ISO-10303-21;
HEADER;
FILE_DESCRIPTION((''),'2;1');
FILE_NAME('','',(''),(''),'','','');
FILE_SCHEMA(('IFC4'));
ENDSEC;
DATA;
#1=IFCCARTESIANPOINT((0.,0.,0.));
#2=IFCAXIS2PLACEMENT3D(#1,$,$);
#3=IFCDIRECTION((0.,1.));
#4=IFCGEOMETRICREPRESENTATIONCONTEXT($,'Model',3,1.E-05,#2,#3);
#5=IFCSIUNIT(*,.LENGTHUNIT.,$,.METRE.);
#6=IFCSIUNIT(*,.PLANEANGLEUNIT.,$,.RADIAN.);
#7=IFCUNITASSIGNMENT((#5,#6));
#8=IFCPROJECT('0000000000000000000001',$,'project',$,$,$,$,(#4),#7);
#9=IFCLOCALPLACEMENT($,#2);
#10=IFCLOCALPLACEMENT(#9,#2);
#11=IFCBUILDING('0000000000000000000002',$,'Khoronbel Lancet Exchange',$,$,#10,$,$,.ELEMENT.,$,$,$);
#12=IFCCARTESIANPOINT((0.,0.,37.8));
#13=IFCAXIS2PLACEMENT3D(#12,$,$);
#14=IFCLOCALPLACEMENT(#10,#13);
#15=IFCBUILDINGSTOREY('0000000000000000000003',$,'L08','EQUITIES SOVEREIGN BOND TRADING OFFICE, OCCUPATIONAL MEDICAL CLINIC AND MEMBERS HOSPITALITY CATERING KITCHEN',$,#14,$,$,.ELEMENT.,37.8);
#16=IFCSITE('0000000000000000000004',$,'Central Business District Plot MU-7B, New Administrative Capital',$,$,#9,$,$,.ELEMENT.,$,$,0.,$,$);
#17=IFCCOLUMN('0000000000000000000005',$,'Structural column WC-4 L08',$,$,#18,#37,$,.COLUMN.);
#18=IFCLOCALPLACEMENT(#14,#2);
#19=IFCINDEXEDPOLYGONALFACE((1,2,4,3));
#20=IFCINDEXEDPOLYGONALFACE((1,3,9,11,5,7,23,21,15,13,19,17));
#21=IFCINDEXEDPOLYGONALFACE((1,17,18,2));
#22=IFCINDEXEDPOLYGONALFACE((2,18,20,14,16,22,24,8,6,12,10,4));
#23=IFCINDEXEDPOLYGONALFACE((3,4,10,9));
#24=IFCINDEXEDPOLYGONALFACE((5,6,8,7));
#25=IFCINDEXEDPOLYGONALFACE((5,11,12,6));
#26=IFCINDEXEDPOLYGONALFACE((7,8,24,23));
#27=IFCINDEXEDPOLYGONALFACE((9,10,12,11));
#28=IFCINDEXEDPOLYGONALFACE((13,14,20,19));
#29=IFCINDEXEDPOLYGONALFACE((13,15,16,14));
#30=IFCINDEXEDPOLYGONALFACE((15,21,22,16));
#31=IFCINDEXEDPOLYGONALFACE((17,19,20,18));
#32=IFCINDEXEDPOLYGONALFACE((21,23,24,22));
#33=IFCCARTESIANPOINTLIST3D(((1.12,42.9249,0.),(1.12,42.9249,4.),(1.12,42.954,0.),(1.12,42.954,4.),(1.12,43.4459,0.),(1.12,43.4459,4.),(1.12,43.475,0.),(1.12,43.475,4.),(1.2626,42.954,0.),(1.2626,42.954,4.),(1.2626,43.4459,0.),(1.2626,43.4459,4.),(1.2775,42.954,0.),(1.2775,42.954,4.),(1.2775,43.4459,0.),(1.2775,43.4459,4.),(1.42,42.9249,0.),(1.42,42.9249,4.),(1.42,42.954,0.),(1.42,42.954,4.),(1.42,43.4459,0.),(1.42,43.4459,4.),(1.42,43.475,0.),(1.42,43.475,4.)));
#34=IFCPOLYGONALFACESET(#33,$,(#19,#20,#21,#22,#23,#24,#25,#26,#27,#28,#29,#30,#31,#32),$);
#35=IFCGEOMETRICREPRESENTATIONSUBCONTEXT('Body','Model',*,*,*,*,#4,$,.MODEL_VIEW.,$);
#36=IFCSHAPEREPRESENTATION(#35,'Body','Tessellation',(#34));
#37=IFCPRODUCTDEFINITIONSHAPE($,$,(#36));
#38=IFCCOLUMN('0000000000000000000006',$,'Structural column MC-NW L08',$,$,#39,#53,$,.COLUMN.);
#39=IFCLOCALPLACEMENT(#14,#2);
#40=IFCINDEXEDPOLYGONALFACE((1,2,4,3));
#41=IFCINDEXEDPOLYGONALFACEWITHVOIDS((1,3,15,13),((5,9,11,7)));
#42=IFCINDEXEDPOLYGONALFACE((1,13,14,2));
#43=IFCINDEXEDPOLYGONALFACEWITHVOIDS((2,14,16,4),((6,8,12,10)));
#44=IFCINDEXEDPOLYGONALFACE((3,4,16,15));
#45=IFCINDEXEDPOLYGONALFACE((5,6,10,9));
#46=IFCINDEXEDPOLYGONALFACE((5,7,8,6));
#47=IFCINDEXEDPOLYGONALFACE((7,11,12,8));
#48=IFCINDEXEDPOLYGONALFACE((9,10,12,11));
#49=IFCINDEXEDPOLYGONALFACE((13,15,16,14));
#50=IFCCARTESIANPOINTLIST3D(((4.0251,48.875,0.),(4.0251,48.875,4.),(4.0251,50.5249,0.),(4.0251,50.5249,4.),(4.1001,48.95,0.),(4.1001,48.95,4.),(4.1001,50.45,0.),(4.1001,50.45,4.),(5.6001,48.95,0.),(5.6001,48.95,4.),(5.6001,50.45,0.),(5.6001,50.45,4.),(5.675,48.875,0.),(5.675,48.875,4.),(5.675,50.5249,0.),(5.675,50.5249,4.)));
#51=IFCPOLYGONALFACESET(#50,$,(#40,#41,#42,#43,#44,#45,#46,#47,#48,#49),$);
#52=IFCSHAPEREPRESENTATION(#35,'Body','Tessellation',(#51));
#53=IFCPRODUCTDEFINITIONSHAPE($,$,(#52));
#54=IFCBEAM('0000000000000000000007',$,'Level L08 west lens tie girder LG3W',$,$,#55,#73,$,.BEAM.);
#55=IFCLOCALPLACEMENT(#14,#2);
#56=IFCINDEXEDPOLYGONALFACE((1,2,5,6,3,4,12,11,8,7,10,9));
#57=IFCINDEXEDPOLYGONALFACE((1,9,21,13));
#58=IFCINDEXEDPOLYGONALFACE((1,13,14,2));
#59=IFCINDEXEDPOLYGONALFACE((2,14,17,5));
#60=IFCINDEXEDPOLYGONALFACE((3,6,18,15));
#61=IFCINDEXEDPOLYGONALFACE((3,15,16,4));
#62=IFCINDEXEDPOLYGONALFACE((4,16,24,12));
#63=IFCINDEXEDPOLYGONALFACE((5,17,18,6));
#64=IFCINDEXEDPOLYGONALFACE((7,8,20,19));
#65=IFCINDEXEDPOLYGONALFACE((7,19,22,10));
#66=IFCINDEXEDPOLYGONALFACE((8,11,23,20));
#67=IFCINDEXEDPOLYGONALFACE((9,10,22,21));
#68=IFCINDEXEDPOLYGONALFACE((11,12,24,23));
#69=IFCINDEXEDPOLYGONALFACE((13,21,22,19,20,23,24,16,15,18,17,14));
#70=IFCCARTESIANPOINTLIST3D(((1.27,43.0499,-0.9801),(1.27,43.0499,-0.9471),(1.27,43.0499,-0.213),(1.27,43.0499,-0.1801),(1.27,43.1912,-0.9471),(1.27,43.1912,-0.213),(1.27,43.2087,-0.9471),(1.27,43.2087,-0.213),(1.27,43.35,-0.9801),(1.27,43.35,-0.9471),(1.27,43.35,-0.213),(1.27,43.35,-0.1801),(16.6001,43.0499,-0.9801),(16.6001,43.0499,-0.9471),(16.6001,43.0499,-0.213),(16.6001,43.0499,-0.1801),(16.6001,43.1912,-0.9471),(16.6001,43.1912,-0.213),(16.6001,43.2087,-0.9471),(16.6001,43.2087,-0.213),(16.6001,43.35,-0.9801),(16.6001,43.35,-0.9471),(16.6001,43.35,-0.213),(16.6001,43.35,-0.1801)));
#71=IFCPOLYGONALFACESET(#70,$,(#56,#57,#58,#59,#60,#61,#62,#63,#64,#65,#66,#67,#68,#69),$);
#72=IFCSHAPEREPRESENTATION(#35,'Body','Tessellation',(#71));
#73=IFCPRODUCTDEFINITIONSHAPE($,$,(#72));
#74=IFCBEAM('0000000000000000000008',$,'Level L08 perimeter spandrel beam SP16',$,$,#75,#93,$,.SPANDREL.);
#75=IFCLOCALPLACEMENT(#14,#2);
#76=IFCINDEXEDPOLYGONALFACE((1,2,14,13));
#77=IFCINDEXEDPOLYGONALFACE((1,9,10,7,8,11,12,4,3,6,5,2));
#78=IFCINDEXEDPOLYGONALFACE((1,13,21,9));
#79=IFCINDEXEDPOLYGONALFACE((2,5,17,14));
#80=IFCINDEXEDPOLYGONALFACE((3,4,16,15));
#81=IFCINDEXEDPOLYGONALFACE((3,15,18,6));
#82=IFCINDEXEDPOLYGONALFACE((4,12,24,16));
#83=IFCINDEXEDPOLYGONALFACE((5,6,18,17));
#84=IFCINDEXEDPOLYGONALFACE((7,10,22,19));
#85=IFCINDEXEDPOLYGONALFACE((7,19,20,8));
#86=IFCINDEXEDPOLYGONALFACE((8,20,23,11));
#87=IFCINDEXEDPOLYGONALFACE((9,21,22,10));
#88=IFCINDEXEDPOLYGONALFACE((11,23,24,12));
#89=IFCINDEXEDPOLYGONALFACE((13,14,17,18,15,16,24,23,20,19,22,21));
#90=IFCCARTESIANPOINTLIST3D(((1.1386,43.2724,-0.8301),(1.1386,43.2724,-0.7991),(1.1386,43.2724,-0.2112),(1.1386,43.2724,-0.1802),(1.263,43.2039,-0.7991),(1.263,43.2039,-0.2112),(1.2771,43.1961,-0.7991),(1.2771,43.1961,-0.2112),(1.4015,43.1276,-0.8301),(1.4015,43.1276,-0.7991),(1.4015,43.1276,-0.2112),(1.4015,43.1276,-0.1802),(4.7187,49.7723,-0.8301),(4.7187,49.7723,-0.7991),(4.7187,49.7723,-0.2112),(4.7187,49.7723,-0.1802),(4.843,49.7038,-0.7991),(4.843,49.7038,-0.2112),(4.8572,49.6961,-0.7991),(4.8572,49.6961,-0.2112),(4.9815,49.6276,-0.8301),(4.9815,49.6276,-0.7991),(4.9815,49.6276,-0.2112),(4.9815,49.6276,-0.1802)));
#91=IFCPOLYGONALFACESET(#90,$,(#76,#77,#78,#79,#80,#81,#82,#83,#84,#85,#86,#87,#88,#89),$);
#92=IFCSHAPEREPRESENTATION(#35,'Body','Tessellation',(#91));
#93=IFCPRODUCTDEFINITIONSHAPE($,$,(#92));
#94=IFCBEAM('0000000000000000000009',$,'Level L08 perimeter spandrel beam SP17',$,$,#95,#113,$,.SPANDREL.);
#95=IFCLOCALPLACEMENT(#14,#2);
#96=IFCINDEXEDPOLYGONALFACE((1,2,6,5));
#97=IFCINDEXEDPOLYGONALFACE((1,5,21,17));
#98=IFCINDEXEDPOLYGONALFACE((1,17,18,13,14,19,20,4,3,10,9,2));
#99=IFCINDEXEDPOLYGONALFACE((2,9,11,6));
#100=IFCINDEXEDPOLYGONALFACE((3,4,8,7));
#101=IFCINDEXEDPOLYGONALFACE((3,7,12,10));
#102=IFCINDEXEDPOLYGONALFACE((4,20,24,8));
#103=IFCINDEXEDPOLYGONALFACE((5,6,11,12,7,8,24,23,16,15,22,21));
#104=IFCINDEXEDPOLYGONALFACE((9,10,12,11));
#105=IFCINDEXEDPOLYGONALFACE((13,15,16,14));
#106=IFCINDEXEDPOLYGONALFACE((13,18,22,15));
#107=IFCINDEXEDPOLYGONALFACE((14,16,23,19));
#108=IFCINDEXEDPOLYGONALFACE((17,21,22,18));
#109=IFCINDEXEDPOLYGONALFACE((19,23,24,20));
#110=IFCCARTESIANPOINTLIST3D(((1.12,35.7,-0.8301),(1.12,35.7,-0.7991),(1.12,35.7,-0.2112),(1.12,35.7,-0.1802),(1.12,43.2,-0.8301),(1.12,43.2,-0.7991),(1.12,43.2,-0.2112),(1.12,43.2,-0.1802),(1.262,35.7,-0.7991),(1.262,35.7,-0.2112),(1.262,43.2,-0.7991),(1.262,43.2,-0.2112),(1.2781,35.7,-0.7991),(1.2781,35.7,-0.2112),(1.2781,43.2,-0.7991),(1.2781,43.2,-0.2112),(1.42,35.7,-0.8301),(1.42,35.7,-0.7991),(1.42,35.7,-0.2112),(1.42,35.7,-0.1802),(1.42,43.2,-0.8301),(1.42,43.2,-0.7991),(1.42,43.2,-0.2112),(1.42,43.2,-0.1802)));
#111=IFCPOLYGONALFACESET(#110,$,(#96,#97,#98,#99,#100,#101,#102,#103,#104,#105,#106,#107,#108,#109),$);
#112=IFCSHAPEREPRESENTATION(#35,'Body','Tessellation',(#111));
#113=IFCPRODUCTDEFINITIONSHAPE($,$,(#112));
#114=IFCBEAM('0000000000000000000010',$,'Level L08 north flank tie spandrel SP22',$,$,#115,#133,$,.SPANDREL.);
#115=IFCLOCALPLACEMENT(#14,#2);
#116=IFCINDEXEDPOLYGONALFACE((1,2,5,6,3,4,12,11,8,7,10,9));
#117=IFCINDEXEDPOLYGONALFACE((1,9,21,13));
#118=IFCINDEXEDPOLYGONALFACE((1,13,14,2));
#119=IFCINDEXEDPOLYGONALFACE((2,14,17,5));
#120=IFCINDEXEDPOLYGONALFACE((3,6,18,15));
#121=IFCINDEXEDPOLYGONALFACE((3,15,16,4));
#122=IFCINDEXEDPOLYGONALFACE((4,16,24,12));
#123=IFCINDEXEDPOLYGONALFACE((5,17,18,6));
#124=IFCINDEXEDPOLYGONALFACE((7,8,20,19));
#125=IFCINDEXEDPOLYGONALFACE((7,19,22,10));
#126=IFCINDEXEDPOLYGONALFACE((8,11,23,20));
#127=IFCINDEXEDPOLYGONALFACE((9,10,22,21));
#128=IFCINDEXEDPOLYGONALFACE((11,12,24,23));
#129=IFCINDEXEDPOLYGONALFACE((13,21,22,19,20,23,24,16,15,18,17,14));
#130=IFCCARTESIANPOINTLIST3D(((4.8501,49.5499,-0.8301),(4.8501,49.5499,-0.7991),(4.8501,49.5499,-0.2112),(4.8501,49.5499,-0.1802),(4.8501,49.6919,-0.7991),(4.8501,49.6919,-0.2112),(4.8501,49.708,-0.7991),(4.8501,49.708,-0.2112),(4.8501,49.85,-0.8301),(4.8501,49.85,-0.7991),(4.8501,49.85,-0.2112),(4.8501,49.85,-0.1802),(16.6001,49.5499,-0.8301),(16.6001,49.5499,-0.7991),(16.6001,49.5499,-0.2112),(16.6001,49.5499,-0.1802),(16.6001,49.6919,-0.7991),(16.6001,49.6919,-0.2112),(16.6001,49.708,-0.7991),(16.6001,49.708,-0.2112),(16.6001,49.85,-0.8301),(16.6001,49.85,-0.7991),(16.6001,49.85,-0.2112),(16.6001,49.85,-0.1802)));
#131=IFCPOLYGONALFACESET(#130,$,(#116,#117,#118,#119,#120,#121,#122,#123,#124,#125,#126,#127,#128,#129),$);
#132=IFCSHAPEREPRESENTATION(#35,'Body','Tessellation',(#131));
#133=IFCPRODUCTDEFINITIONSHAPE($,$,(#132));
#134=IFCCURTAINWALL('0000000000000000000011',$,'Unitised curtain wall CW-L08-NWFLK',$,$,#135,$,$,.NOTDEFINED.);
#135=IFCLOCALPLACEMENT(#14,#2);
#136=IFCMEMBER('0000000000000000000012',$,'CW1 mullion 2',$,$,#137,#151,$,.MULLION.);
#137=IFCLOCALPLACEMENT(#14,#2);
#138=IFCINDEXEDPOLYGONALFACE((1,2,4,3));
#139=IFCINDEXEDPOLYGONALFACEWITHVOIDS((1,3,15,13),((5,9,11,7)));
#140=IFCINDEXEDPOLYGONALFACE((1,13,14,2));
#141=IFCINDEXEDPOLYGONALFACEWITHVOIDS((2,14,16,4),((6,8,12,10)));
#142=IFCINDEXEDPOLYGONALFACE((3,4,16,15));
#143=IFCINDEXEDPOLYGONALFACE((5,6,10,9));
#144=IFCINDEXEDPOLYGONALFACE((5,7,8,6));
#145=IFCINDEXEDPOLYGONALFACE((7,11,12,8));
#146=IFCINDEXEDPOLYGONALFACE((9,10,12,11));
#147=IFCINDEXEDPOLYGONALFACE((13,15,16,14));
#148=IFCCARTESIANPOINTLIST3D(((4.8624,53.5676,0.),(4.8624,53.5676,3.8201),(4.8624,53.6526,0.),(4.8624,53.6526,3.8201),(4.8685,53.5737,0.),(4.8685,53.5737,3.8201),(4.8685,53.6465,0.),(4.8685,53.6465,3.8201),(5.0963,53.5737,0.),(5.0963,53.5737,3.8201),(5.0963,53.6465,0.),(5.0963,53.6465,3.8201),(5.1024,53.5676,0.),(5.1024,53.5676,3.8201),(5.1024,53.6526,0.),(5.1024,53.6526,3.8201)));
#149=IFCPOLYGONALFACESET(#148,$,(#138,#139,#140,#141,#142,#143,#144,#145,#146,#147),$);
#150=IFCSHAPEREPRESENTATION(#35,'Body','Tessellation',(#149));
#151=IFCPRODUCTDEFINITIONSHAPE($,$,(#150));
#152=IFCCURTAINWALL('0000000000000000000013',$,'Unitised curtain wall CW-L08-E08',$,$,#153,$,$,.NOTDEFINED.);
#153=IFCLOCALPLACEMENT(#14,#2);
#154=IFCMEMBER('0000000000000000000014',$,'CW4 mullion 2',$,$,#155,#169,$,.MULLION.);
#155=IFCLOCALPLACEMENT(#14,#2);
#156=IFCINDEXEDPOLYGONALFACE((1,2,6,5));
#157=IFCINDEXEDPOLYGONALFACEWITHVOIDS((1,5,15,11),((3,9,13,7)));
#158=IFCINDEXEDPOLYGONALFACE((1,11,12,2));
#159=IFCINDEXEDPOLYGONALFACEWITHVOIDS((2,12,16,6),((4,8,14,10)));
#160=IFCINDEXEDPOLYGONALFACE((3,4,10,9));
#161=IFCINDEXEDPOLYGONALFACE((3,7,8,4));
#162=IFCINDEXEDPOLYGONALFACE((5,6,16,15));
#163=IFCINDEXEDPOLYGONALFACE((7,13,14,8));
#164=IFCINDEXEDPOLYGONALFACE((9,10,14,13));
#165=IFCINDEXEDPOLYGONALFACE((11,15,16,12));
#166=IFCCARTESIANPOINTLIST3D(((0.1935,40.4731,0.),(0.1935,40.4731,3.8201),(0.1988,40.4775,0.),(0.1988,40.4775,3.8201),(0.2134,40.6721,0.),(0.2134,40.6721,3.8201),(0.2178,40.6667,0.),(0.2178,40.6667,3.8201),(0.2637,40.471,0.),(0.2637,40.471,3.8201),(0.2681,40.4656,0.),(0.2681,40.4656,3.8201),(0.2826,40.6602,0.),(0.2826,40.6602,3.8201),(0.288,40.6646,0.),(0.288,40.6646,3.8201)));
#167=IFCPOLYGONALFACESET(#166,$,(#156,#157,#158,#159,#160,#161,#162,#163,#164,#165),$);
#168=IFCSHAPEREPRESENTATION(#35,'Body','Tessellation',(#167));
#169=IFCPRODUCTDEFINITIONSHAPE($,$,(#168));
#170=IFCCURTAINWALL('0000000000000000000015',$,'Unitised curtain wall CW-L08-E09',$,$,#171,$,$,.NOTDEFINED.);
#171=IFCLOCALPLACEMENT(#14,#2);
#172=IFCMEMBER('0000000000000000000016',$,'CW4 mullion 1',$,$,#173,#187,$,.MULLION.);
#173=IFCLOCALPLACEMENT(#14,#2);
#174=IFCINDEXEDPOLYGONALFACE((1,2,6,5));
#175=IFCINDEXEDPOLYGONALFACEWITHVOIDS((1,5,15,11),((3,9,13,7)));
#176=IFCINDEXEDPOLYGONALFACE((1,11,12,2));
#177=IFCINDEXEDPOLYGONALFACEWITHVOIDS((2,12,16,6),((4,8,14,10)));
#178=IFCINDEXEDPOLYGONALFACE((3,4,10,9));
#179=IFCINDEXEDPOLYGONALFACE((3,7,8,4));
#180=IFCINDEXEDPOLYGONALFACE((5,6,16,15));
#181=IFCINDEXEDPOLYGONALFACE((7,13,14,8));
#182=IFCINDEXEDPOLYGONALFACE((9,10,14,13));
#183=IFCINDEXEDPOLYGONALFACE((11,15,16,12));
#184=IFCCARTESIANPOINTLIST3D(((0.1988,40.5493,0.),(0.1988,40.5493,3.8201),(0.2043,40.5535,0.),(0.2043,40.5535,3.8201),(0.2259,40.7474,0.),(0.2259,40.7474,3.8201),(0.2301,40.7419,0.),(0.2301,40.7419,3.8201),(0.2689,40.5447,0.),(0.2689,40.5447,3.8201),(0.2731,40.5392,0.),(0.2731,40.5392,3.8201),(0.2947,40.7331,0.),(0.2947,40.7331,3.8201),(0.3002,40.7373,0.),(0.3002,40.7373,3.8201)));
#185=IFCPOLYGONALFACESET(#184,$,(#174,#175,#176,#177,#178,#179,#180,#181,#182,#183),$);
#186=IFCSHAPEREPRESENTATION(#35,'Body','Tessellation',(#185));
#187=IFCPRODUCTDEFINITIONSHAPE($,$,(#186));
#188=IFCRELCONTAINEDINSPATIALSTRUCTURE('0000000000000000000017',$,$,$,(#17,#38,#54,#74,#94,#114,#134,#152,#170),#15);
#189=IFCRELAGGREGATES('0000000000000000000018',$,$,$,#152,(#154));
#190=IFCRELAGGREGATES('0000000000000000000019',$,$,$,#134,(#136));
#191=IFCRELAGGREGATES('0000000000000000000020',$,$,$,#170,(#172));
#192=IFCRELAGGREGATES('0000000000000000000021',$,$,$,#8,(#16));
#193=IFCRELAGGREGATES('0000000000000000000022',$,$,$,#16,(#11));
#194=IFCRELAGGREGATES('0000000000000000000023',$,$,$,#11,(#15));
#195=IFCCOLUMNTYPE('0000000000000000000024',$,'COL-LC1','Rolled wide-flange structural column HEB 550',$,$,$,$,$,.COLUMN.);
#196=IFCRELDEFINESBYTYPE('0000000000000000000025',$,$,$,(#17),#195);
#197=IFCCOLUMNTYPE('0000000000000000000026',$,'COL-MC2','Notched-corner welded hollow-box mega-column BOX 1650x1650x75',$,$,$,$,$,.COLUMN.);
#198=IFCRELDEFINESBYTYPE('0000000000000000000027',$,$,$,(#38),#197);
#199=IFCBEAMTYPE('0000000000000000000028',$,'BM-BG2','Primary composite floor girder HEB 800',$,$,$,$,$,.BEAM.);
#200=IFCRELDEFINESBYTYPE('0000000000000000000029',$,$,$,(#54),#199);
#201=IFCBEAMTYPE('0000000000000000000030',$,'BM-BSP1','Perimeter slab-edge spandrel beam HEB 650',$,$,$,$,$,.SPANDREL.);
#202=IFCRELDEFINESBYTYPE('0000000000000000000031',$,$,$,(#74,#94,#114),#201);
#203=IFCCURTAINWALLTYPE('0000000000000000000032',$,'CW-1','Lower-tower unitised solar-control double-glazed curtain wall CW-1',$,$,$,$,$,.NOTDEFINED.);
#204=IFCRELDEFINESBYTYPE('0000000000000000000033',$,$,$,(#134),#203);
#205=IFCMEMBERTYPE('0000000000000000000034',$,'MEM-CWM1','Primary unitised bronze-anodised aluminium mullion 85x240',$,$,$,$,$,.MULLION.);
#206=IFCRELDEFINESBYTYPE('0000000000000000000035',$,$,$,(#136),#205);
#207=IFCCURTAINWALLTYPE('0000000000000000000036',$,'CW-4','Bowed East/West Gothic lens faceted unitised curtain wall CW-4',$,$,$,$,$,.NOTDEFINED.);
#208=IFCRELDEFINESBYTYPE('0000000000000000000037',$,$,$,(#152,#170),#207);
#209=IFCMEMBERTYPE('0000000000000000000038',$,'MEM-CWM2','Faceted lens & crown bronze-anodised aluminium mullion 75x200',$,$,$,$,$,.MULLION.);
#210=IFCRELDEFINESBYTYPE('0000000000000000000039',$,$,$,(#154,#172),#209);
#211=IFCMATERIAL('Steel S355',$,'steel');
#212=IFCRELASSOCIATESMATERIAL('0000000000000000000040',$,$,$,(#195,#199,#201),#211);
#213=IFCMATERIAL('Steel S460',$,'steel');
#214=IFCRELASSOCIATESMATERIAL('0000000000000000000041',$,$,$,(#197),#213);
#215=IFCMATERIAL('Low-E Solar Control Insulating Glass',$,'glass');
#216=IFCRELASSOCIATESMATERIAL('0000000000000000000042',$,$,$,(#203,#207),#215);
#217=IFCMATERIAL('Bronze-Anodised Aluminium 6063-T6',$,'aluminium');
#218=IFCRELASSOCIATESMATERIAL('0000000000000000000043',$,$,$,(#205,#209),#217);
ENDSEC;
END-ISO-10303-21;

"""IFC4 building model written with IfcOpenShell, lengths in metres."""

from ifc_helpers import new_model, si_unit, direction, frame, origin, origin_2d, place, context, subcontext, project, spatial, hollow_rectangle, i_section, extrude, material, material_profile, profile_set, type_object, element, aggregate, save


model = new_model("IFC4")

# Units and contexts
model_context = context("Model", 3, precision=1e-05, world=origin(), true_north=direction((0.0, 1.0)))
body_context = subcontext(model_context, "Body", "Model", "MODEL_VIEW")
ifc_project = project(units=[si_unit("LENGTHUNIT", "METRE"), si_unit("PLANEANGLEUNIT", "RADIAN")], contexts=[model_context])

# Site, building, storey
site_placement = place(None, origin())
site = spatial("IfcSite", under=ifc_project, at=site_placement, Name="Central Business District Plot MU-7B, New Administrative Capital", CompositionType="ELEMENT", RefElevation=0.0)
building_placement = place(site_placement, origin())
building = spatial("IfcBuilding", under=site, at=building_placement, Name="Khoronbel Lancet Exchange", CompositionType="ELEMENT")
storey_placement = place(building_placement, frame((0.0, 0.0, 37.8)))
storey = spatial("IfcBuildingStorey", under=building, at=storey_placement, Name="L08", Description="EQUITIES SOVEREIGN BOND TRADING OFFICE, OCCUPATIONAL MEDICAL CLINIC AND MEMBERS HOSPITALITY CATERING KITCHEN", CompositionType="ELEMENT", Elevation=37.8)

# Columns
ifc_material_1 = material(Name="Steel S355", Category="steel")
ifc_material_profile_1 = material_profile(ifc_material_1, i_section(OverallWidth=0.3, OverallDepth=0.55, WebThickness=0.0149, FlangeThickness=0.0291, at=origin_2d()), Name="HEB 550")
ifc_profile_set_1 = profile_set([ifc_material_profile_1], Name="Steel S355")
column_type_1 = type_object("IfcColumnType", Name="COL-LC1", Description="Rolled wide-flange structural column HEB 550", PredefinedType="COLUMN", material=ifc_profile_set_1)
column_1_placement = place(storey_placement, frame((1.27, 43.2, 0.0), z_axis=(0.0, 0.0, 1.0), x_axis=(1.0, 0.0, 0.0)))
element("IfcColumn", 1, at=column_1_placement, inside=storey, type_object=column_type_1, Name="Structural column WC-4 L08", PredefinedType="COLUMN", context=body_context, shape_type="SweptSolid", body=[
    extrude(i_section(OverallWidth=0.3, OverallDepth=0.55, WebThickness=0.0149, FlangeThickness=0.0291, at=origin_2d()), origin(), (0.0, 0.0, 1.0), 4.0),
])
ifc_material_2 = material(Name="Steel S460", Category="steel")
ifc_material_profile_2 = material_profile(ifc_material_2, hollow_rectangle(XDim=1.6499, YDim=1.6499, WallThickness=0.075, at=origin_2d()), Name="BOX 1650x1650x75")
ifc_profile_set_2 = profile_set([ifc_material_profile_2], Name="Steel S460")
column_type_2 = type_object("IfcColumnType", Name="COL-MC2", Description="Notched-corner welded hollow-box mega-column BOX 1650x1650x75", PredefinedType="COLUMN", material=ifc_profile_set_2)
column_2_placement = place(storey_placement, frame((4.8501, 49.7, 0.0), z_axis=(0.0, 0.0, 1.0), x_axis=(1.0, 0.0, 0.0)))
element("IfcColumn", 2, at=column_2_placement, inside=storey, type_object=column_type_2, Name="Structural column MC-NW L08", PredefinedType="COLUMN", context=body_context, shape_type="SweptSolid", body=[
    extrude(hollow_rectangle(XDim=1.6499, YDim=1.6499, WallThickness=0.075, at=origin_2d()), origin(), (0.0, 0.0, 1.0), 4.0),
])

# Beams
ifc_material_profile_3 = material_profile(ifc_material_1, i_section(OverallWidth=0.3, OverallDepth=0.8, WebThickness=0.0176, FlangeThickness=0.033, at=origin_2d()), Name="HEB 800")
ifc_profile_set_3 = profile_set([ifc_material_profile_3], Name="Steel S355")
beam_type_1 = type_object("IfcBeamType", Name="BM-BG2", Description="Primary composite floor girder HEB 800", PredefinedType="BEAM", material=ifc_profile_set_3)
beam_1_placement = place(storey_placement, frame((1.27, 43.2, -0.5801), z_axis=(1.0, 0.0, 0.0), x_axis=(0.0, 1.0, 0.0)))
element("IfcBeam", 3, at=beam_1_placement, inside=storey, type_object=beam_type_1, Name="Level L08 west lens tie girder LG3W", PredefinedType="BEAM", context=body_context, shape_type="SweptSolid", body=[
    extrude(i_section(OverallWidth=0.3, OverallDepth=0.8, WebThickness=0.0176, FlangeThickness=0.033, at=origin_2d()), origin(), (0.0, 0.0, 1.0), 15.3301),
])
ifc_material_profile_4 = material_profile(ifc_material_1, i_section(OverallWidth=0.3, OverallDepth=0.6499, WebThickness=0.0161, FlangeThickness=0.031, at=origin_2d()), Name="HEB 650")
ifc_profile_set_4 = profile_set([ifc_material_profile_4], Name="Steel S355")
beam_type_2 = type_object("IfcBeamType", Name="BM-BSP1", Description="Perimeter slab-edge spandrel beam HEB 650", PredefinedType="SPANDREL", material=ifc_profile_set_4)
beam_2_placement = place(storey_placement, frame((4.8501, 49.7, -0.5051), z_axis=(-0.482444, -0.875927, 0.0), x_axis=(0.875927, -0.482444, 0.0)))
element("IfcBeam", 4, at=beam_2_placement, inside=storey, type_object=beam_type_2, Name="Level L08 perimeter spandrel beam SP16", PredefinedType="SPANDREL", context=body_context, shape_type="SweptSolid", body=[
    extrude(i_section(OverallWidth=0.3, OverallDepth=0.6499, WebThickness=0.0161, FlangeThickness=0.031, at=origin_2d()), origin(), (0.0, 0.0, 1.0), 7.4207),
])
beam_3_placement = place(storey_placement, frame((1.27, 43.2, -0.5051), z_axis=(0.0, -1.0, 0.0), x_axis=(1.0, 0.0, 0.0)))
element("IfcBeam", 5, at=beam_3_placement, inside=storey, type_object=beam_type_2, Name="Level L08 perimeter spandrel beam SP17", PredefinedType="SPANDREL", context=body_context, shape_type="SweptSolid", body=[
    extrude(i_section(OverallWidth=0.3, OverallDepth=0.6499, WebThickness=0.0161, FlangeThickness=0.031, at=origin_2d()), origin(), (0.0, 0.0, 1.0), 7.5),
])
beam_4_placement = place(storey_placement, frame((4.8501, 49.7, -0.5051), z_axis=(1.0, 0.0, 0.0), x_axis=(0.0, 1.0, 0.0)))
element("IfcBeam", 6, at=beam_4_placement, inside=storey, type_object=beam_type_2, Name="Level L08 north flank tie spandrel SP22", PredefinedType="SPANDREL", context=body_context, shape_type="SweptSolid", body=[
    extrude(i_section(OverallWidth=0.3, OverallDepth=0.6499, WebThickness=0.0161, FlangeThickness=0.031, at=origin_2d()), origin(), (0.0, 0.0, 1.0), 11.75),
])

# Curtain walls, members
ifc_material_3 = material(Name="Low-E Solar Control Insulating Glass", Category="glass")
curtain_wall_type_1 = type_object("IfcCurtainWallType", Name="CW-1", Description="Lower-tower unitised solar-control double-glazed curtain wall CW-1", PredefinedType="NOTDEFINED", material=ifc_material_3)
curtain_wall_1_placement = place(storey_placement, origin())
curtain_wall_1 = element("IfcCurtainWall", 7, at=curtain_wall_1_placement, inside=storey, type_object=curtain_wall_type_1, Name="Unitised curtain wall CW-L08-NWFLK", PredefinedType="NOTDEFINED")
ifc_material_4 = material(Name="Bronze-Anodised Aluminium 6063-T6", Category="aluminium")
ifc_material_profile_5 = material_profile(ifc_material_4, hollow_rectangle(XDim=0.085, YDim=0.24, WallThickness=0.0061, at=origin_2d()), Name="ALU MULLION 85x240")
ifc_profile_set_5 = profile_set([ifc_material_profile_5], Name="Bronze-Anodised Aluminium 6063-T6")
member_type_1 = type_object("IfcMemberType", Name="MEM-CWM1", Description="Primary unitised bronze-anodised aluminium mullion 85x240", PredefinedType="MULLION", material=ifc_profile_set_5)
member_1_placement = place(storey_placement, frame((4.9824, 53.6101, 0.0), z_axis=(0.0, 0.0, 1.0), x_axis=(0.0, -1.0, 0.0)))
member_1 = element("IfcMember", 8, at=member_1_placement, type_object=member_type_1, Name="CW1 mullion 2", PredefinedType="MULLION", context=body_context, shape_type="SweptSolid", body=[
    extrude(hollow_rectangle(XDim=0.085, YDim=0.24, WallThickness=0.0061, at=origin_2d()), origin(), (0.0, 0.0, 1.0), 3.8201),
])
curtain_wall_type_2 = type_object("IfcCurtainWallType", Name="CW-4", Description="Bowed East/West Gothic lens faceted unitised curtain wall CW-4", PredefinedType="NOTDEFINED", material=ifc_material_3)
curtain_wall_2_placement = place(storey_placement, origin())
curtain_wall_2 = element("IfcCurtainWall", 9, at=curtain_wall_2_placement, inside=storey, type_object=curtain_wall_type_2, Name="Unitised curtain wall CW-L08-E08", PredefinedType="NOTDEFINED")
ifc_material_profile_6 = material_profile(ifc_material_4, hollow_rectangle(XDim=0.075, YDim=0.2, WallThickness=0.0049, at=origin_2d()), Name="ALU MULLION 75x200")
ifc_profile_set_6 = profile_set([ifc_material_profile_6], Name="Bronze-Anodised Aluminium 6063-T6")
member_type_2 = type_object("IfcMemberType", Name="MEM-CWM2", Description="Faceted lens & crown bronze-anodised aluminium mullion 75x200", PredefinedType="MULLION", material=ifc_profile_set_6)
member_2_placement = place(storey_placement, frame((0.2407, 40.5688, 0.0), z_axis=(0.0, 0.0, 1.0), x_axis=(-0.995027, 0.099603, 0.0)))
member_2 = element("IfcMember", 10, at=member_2_placement, type_object=member_type_2, Name="CW4 mullion 2", PredefinedType="MULLION", context=body_context, shape_type="SweptSolid", body=[
    extrude(hollow_rectangle(XDim=0.075, YDim=0.2, WallThickness=0.0049, at=origin_2d()), origin(), (0.0, 0.0, 1.0), 3.8201),
])

# Curtain wall, member
curtain_wall_3_placement = place(storey_placement, origin())
curtain_wall_3 = element("IfcCurtainWall", 11, at=curtain_wall_3_placement, inside=storey, type_object=curtain_wall_type_2, Name="Unitised curtain wall CW-L08-E09", PredefinedType="NOTDEFINED")
member_3_placement = place(storey_placement, frame((0.2495, 40.6433, 0.0), z_axis=(0.0, 0.0, 1.0), x_axis=(-0.990786, 0.13544, 0.0)))
member_3 = element("IfcMember", 12, at=member_3_placement, type_object=member_type_2, Name="CW4 mullion 1", PredefinedType="MULLION", context=body_context, shape_type="SweptSolid", body=[
    extrude(hollow_rectangle(XDim=0.075, YDim=0.2, WallThickness=0.0049, at=origin_2d()), origin(), (0.0, 0.0, 1.0), 3.8201),
])

aggregate(curtain_wall_2, [member_2])
aggregate(curtain_wall_1, [member_1])
aggregate(curtain_wall_3, [member_3])

save(model, "model.ifc")
